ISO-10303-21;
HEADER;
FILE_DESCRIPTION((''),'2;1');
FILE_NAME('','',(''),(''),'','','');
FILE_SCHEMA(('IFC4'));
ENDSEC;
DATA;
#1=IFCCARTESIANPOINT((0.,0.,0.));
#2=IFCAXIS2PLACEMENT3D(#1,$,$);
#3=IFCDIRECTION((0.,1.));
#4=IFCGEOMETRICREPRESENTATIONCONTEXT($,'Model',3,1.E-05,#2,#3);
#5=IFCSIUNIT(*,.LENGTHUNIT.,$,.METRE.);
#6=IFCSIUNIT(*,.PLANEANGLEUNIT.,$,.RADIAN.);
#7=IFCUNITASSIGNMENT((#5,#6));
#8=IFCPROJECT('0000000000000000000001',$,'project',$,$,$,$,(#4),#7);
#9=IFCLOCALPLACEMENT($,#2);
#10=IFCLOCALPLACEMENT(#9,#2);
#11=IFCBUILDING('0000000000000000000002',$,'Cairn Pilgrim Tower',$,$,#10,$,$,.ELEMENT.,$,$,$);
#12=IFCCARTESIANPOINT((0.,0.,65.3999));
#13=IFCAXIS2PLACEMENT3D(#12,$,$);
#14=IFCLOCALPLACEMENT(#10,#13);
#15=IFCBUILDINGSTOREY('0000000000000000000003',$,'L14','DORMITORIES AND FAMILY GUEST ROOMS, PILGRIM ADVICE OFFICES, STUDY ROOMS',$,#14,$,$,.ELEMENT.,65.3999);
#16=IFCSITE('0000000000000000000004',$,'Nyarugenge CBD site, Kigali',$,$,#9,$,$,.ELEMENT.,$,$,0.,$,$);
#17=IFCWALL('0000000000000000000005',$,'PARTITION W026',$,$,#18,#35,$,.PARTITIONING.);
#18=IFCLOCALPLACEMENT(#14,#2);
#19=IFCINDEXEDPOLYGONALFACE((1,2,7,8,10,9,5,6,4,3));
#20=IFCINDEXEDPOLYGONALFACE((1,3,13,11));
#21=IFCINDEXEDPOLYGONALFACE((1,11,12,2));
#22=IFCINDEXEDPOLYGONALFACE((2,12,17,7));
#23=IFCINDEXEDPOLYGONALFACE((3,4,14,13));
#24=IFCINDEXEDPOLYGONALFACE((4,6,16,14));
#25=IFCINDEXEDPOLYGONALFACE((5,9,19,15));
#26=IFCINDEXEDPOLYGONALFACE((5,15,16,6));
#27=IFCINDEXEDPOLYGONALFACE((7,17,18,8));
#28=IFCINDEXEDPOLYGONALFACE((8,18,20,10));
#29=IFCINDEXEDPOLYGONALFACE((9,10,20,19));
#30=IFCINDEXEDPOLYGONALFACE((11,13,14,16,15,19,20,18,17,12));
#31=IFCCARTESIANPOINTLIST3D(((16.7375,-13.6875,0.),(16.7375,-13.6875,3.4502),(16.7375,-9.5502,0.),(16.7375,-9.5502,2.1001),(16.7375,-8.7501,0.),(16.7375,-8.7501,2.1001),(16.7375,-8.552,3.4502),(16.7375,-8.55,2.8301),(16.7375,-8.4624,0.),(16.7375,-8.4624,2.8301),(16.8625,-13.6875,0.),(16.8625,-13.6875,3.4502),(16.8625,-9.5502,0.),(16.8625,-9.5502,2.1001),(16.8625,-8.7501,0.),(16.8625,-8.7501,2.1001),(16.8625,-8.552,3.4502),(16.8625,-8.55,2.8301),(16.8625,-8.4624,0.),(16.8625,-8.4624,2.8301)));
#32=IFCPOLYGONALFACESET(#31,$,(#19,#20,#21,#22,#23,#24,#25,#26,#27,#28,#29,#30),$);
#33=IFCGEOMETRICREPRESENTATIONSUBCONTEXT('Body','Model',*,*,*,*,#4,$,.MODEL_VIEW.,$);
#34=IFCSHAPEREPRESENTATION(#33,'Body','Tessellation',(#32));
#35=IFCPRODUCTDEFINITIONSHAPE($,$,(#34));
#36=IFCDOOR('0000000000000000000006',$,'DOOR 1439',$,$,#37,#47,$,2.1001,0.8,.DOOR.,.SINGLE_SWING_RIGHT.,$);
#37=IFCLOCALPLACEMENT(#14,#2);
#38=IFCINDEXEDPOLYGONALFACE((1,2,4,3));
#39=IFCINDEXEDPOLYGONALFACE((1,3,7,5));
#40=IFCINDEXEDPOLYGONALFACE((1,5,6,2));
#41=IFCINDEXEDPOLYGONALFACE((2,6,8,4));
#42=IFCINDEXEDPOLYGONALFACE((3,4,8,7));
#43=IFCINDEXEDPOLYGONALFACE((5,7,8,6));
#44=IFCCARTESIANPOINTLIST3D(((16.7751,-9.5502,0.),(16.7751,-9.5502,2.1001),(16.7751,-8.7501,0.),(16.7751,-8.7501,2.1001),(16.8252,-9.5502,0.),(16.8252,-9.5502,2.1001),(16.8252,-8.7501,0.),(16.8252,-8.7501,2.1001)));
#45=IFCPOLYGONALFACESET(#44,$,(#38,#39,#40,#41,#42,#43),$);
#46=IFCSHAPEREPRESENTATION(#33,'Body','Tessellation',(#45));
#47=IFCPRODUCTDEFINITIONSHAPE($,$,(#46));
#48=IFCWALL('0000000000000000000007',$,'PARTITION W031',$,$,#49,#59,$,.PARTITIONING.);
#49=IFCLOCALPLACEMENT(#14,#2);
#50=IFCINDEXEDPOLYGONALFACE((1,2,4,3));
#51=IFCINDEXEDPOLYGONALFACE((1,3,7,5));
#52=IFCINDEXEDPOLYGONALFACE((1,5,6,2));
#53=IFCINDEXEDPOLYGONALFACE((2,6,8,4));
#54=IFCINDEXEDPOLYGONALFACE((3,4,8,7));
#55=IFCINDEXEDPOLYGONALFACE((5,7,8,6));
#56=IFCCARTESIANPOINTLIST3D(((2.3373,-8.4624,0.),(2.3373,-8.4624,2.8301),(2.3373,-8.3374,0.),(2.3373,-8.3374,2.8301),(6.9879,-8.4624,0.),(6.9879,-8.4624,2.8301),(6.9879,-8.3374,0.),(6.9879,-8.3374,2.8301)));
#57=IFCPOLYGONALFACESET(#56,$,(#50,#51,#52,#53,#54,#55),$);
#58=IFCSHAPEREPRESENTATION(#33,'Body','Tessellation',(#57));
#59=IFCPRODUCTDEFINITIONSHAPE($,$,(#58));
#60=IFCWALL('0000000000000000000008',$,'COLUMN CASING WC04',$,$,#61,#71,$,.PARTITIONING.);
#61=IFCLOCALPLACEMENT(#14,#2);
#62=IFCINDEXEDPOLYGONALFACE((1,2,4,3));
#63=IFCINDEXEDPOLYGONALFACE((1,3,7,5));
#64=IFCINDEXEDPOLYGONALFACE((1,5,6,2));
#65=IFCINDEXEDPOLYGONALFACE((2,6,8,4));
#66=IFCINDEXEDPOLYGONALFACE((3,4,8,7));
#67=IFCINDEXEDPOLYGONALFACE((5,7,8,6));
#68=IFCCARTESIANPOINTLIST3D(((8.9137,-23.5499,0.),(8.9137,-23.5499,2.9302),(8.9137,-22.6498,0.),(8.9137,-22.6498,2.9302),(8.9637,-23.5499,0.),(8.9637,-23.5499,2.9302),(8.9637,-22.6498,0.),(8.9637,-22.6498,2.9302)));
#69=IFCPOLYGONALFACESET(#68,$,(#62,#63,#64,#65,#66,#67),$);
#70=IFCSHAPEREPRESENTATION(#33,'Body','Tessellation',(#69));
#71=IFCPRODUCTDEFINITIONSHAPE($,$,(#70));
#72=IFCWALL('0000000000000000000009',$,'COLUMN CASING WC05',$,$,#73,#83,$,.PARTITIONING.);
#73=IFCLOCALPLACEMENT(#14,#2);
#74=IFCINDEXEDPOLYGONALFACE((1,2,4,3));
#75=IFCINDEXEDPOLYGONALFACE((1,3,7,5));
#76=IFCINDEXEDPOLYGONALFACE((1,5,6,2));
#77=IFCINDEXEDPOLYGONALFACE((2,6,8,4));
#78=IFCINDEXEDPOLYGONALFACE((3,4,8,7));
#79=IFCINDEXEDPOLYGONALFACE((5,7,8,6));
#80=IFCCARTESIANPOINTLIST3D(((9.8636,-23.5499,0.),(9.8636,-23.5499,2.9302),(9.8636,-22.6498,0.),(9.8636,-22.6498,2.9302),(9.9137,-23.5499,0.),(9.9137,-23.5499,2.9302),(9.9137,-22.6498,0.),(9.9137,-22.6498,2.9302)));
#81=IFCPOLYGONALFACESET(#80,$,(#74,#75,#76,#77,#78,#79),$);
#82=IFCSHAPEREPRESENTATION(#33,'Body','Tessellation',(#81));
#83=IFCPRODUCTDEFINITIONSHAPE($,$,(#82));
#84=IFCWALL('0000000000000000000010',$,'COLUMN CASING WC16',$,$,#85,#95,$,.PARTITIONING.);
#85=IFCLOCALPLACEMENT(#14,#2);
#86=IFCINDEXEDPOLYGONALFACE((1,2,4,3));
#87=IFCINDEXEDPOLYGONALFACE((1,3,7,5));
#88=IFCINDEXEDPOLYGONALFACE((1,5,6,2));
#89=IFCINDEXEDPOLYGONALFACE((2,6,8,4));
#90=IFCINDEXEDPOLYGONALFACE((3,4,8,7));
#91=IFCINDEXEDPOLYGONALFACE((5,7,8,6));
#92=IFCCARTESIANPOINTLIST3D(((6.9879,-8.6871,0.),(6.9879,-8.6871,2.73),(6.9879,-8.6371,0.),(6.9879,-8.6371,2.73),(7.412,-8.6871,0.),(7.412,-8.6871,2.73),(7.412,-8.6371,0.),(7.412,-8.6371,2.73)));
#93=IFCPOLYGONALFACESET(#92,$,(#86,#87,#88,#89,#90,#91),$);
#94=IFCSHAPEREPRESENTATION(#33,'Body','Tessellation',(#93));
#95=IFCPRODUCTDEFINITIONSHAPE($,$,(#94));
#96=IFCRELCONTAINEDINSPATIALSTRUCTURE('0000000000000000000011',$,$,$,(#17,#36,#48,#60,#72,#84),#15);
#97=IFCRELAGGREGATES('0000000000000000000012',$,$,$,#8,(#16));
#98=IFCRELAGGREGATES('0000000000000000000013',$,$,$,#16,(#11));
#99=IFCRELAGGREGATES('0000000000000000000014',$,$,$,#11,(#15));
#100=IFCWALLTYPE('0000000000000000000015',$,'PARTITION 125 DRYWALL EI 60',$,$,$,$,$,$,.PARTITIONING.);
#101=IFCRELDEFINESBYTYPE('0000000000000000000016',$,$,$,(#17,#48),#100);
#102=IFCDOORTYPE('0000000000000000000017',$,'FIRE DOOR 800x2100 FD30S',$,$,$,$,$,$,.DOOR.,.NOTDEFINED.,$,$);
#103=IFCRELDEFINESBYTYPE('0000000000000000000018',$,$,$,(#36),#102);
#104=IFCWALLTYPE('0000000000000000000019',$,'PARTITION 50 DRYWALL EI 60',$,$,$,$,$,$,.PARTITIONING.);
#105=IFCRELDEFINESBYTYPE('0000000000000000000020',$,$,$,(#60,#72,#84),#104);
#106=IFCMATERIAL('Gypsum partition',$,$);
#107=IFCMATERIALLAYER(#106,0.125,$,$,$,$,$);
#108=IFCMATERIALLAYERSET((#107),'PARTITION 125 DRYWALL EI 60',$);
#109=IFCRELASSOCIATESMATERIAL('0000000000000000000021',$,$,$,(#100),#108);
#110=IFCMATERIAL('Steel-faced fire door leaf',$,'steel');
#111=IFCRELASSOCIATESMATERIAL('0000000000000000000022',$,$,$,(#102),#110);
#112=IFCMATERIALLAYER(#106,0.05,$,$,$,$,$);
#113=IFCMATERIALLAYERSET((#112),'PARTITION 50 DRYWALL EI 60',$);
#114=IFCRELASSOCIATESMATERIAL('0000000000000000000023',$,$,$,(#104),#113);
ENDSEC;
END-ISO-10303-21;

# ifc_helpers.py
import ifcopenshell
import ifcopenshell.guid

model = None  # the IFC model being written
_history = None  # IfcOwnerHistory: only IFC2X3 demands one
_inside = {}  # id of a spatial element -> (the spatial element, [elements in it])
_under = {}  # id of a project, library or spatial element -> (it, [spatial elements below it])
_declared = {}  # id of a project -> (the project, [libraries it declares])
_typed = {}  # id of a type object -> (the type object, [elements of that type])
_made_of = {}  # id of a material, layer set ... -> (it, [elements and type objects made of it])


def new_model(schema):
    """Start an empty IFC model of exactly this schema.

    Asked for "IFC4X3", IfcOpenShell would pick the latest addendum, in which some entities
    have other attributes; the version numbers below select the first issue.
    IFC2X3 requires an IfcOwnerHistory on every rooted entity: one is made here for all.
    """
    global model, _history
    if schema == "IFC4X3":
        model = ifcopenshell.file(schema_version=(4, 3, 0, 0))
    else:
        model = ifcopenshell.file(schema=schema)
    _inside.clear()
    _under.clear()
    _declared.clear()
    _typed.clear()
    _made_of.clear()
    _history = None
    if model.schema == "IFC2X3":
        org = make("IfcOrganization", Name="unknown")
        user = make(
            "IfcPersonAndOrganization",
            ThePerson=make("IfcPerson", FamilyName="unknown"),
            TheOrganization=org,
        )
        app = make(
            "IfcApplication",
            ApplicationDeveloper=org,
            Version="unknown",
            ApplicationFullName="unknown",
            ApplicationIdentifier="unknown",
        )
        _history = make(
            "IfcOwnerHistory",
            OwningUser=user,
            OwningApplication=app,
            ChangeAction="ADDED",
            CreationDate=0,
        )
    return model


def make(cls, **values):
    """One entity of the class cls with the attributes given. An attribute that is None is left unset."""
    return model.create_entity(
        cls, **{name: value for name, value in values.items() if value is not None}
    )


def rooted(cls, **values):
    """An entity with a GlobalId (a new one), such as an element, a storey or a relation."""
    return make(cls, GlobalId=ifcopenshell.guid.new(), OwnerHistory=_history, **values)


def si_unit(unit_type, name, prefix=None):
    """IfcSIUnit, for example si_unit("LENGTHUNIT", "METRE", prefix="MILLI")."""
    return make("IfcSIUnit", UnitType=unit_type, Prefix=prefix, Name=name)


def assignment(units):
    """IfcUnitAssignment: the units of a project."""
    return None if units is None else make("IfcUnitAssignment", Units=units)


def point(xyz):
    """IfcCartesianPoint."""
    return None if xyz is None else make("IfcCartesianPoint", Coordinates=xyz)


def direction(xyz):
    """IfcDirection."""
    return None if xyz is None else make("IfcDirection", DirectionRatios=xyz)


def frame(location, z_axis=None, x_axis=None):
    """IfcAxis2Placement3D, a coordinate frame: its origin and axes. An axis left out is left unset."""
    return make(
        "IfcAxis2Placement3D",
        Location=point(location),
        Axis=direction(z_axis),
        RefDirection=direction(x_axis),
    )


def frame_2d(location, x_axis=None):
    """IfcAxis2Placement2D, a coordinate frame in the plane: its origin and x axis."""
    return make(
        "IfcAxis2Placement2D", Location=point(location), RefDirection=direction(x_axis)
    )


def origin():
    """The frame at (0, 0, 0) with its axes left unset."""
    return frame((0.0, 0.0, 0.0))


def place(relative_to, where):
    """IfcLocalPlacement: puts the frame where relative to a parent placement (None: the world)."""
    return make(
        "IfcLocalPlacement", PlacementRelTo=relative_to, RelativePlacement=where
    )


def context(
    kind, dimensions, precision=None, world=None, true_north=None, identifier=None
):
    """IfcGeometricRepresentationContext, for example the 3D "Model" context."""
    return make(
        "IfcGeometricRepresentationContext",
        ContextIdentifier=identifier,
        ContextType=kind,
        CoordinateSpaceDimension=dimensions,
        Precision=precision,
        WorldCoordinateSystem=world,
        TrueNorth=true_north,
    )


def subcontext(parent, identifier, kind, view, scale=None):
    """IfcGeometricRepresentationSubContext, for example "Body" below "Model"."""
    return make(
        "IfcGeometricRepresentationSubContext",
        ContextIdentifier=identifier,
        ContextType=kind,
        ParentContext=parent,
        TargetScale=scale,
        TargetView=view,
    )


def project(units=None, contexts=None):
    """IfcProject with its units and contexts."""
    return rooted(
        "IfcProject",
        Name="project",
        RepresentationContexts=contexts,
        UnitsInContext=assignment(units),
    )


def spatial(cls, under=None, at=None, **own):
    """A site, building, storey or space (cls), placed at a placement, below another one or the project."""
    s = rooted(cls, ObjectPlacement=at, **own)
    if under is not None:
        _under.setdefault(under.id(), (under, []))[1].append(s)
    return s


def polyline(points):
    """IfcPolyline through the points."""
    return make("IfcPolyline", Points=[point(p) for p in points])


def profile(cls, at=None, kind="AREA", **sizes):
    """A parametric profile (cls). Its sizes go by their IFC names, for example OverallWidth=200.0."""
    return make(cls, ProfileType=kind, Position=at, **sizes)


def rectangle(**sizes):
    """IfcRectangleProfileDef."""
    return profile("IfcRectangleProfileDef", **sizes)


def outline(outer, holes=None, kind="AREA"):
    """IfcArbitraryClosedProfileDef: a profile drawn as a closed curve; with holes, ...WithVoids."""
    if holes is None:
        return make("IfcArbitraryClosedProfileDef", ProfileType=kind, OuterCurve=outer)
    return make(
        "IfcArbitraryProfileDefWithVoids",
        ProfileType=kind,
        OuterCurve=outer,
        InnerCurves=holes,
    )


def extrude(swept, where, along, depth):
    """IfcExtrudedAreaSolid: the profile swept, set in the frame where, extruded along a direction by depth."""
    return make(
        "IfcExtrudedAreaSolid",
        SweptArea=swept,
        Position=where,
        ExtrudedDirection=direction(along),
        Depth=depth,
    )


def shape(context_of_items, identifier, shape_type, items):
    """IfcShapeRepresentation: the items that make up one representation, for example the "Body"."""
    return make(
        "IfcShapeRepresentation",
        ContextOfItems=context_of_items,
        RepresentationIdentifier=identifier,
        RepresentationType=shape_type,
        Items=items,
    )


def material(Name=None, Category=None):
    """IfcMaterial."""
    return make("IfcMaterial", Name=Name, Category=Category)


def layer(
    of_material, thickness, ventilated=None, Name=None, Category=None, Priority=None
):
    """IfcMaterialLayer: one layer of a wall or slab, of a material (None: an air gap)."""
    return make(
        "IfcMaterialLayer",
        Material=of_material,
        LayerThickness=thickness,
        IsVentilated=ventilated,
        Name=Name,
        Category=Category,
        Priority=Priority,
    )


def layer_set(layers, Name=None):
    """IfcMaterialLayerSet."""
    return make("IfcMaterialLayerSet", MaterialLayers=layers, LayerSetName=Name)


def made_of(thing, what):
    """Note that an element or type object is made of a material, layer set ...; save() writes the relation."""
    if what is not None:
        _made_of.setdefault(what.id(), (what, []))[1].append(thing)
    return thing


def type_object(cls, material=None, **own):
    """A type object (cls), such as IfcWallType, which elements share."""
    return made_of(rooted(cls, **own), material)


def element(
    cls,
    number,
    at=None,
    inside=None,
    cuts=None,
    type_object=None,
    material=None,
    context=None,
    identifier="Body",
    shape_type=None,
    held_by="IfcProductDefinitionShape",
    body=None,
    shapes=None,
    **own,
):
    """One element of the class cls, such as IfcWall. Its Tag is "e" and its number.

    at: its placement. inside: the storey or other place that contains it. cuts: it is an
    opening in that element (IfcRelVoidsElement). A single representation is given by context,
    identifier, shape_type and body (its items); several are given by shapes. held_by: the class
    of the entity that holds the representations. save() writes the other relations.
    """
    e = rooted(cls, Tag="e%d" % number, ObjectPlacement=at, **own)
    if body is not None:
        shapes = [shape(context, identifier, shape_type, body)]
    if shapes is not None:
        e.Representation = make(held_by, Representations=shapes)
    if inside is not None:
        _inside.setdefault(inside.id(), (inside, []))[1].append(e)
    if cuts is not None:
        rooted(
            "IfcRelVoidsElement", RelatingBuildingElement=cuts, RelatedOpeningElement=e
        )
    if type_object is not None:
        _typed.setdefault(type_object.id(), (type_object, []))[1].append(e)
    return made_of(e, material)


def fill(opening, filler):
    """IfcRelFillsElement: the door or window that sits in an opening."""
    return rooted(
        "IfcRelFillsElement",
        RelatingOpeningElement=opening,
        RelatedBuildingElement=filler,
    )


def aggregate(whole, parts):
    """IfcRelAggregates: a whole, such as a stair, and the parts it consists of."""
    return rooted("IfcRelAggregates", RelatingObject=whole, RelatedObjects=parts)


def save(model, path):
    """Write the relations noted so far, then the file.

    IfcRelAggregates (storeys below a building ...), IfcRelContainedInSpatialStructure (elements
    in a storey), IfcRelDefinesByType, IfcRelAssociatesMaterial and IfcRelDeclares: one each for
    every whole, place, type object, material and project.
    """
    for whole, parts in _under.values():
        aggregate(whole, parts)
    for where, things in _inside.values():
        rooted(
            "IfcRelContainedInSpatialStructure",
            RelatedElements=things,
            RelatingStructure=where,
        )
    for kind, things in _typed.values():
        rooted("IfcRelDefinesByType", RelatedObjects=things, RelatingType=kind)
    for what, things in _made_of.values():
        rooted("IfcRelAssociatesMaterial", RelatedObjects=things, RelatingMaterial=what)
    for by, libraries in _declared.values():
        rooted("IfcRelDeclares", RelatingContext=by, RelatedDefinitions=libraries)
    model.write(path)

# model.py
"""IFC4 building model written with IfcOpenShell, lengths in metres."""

from ifc_helpers import new_model, si_unit, direction, frame, frame_2d, origin, place, context, subcontext, project, spatial, polyline, rectangle, outline, extrude, material, layer, layer_set, type_object, element, fill, save


model = new_model("IFC4")

# Units and contexts
model_context = context("Model", 3, precision=1e-05, world=origin(), true_north=direction((0.0, 1.0)))
body_context = subcontext(model_context, "Body", "Model", "MODEL_VIEW")
ifc_project = project(units=[si_unit("LENGTHUNIT", "METRE"), si_unit("PLANEANGLEUNIT", "RADIAN")], contexts=[model_context])

# Site, building, storey
site_placement = place(None, origin())
site = spatial("IfcSite", under=ifc_project, at=site_placement, Name="Nyarugenge CBD site, Kigali", CompositionType="ELEMENT", RefElevation=0.0)
building_placement = place(site_placement, origin())
building = spatial("IfcBuilding", under=site, at=building_placement, Name="Cairn Pilgrim Tower", CompositionType="ELEMENT")
storey_placement = place(building_placement, frame((0.0, 0.0, 65.3999)))
storey = spatial("IfcBuildingStorey", under=building, at=storey_placement, Name="L14", Description="DORMITORIES AND FAMILY GUEST ROOMS, PILGRIM ADVICE OFFICES, STUDY ROOMS", CompositionType="ELEMENT", Elevation=65.3999)

# Shared definitions
ifc_material_1 = material(Name="Gypsum partition")
ifc_layer_1 = layer(ifc_material_1, 0.125)
ifc_layer_set_1 = layer_set([ifc_layer_1], Name="PARTITION 125 DRYWALL EI 60")
wall_type_1 = type_object("IfcWallType", Name="PARTITION 125 DRYWALL EI 60", PredefinedType="PARTITIONING", material=ifc_layer_set_1)

# Shared definitions
ifc_material_2 = material(Name="Steel-faced fire door leaf", Category="steel")
door_type_1 = type_object("IfcDoorType", Name="FIRE DOOR 800x2100 FD30S", OperationType="NOTDEFINED", PredefinedType="DOOR", material=ifc_material_2)

# Wall, opening, door
wall_1_placement = place(storey_placement, frame((16.8, -13.6875, 0.0), z_axis=(0.0, 0.0, 1.0), x_axis=(0.0, 1.0, 0.0)))
wall_1 = element("IfcWall", 1, at=wall_1_placement, inside=storey, type_object=wall_type_1, Name="PARTITION W026", PredefinedType="PARTITIONING", context=body_context, shape_type="SweptSolid", body=[
    extrude(outline(polyline([(0.0, 0.0), (5.2251, 0.0), (5.2251, 2.8301), (5.1375, 2.8301), (5.1355, 3.4502), (0.0, 3.4502), (0.0, 0.0)])), frame((0.0, 0.0625, 0.0), z_axis=(0.0, -1.0, 0.0), x_axis=(1.0, 0.0, 0.0)), (0.0, 0.0, 1.0), 0.125),
])
opening_1_placement = place(wall_1_placement, frame((4.1375, 0.0, 0.0)))
opening_1 = element("IfcOpeningElement", 2, at=opening_1_placement, cuts=wall_1, PredefinedType="OPENING", context=body_context, shape_type="SweptSolid", body=[
    extrude(rectangle(XDim=0.8, YDim=2.1001, at=frame_2d((0.3999, 1.05))), frame((0.0, 0.0725, 0.0), z_axis=(0.0, -1.0, 0.0), x_axis=(1.0, 0.0, 0.0)), (0.0, 0.0, 1.0), 0.145),
])
door_1_placement = place(opening_1_placement, origin())
door_1 = element("IfcDoor", 3, at=door_1_placement, inside=storey, type_object=door_type_1, Name="DOOR 1439", OperationType="SINGLE_SWING_RIGHT", OverallHeight=2.1001, OverallWidth=0.8, PredefinedType="DOOR", context=body_context, shape_type="SweptSolid", body=[
    extrude(rectangle(XDim=0.8, YDim=2.1001, at=frame_2d((0.3999, 1.05))), frame((0.0, 0.0249, 0.0), z_axis=(0.0, -1.0, 0.0), x_axis=(1.0, 0.0, 0.0)), (0.0, 0.0, 1.0), 0.05),
])
fill(opening_1, door_1)

# Walls
wall_2_placement = place(storey_placement, frame((2.3374, -8.3999, 0.0), z_axis=(0.0, 0.0, 1.0), x_axis=(1.0, 0.0, 0.0)))
element("IfcWall", 4, at=wall_2_placement, inside=storey, type_object=wall_type_1, Name="PARTITION W031", PredefinedType="PARTITIONING", context=body_context, shape_type="SweptSolid", body=[
    extrude(rectangle(XDim=4.6506, YDim=0.125, at=frame_2d((2.3252, 0.0))), origin(), (0.0, 0.0, 1.0), 2.8301),
])
ifc_layer_2 = layer(ifc_material_1, 0.05)
ifc_layer_set_2 = layer_set([ifc_layer_2], Name="PARTITION 50 DRYWALL EI 60")
wall_type_2 = type_object("IfcWallType", Name="PARTITION 50 DRYWALL EI 60", PredefinedType="PARTITIONING", material=ifc_layer_set_2)
for number, where, z_axis, x_axis, name in (
    (5, (8.9387, -23.55, 0.0), (0.0, 0.0, 1.0), (0.0, 1.0, 0.0), "COLUMN CASING WC04"),
    (6, (9.8887, -23.55, 0.0), (0.0, 0.0, 1.0), (0.0, 1.0, 0.0), "COLUMN CASING WC05"),
):
    element("IfcWall", number, at=place(storey_placement, frame(where, z_axis=z_axis, x_axis=x_axis)), inside=storey, type_object=wall_type_2, Name=name, PredefinedType="PARTITIONING", context=body_context, shape_type="SweptSolid", body=[
        extrude(rectangle(XDim=0.9001, YDim=0.05, at=frame_2d((0.4502, 0.0))), origin(), (0.0, 0.0, 1.0), 2.9302),
    ])
wall_3_placement = place(storey_placement, frame((6.988, -8.6621, 0.0), z_axis=(0.0, 0.0, 1.0), x_axis=(1.0, 0.0, 0.0)))
element("IfcWall", 7, at=wall_3_placement, inside=storey, type_object=wall_type_2, Name="COLUMN CASING WC16", PredefinedType="PARTITIONING", context=body_context, shape_type="SweptSolid", body=[
    extrude(rectangle(XDim=0.4241, YDim=0.05, at=frame_2d((0.2119, 0.0))), origin(), (0.0, 0.0, 1.0), 2.73),
])

save(model, "model.ifc")
